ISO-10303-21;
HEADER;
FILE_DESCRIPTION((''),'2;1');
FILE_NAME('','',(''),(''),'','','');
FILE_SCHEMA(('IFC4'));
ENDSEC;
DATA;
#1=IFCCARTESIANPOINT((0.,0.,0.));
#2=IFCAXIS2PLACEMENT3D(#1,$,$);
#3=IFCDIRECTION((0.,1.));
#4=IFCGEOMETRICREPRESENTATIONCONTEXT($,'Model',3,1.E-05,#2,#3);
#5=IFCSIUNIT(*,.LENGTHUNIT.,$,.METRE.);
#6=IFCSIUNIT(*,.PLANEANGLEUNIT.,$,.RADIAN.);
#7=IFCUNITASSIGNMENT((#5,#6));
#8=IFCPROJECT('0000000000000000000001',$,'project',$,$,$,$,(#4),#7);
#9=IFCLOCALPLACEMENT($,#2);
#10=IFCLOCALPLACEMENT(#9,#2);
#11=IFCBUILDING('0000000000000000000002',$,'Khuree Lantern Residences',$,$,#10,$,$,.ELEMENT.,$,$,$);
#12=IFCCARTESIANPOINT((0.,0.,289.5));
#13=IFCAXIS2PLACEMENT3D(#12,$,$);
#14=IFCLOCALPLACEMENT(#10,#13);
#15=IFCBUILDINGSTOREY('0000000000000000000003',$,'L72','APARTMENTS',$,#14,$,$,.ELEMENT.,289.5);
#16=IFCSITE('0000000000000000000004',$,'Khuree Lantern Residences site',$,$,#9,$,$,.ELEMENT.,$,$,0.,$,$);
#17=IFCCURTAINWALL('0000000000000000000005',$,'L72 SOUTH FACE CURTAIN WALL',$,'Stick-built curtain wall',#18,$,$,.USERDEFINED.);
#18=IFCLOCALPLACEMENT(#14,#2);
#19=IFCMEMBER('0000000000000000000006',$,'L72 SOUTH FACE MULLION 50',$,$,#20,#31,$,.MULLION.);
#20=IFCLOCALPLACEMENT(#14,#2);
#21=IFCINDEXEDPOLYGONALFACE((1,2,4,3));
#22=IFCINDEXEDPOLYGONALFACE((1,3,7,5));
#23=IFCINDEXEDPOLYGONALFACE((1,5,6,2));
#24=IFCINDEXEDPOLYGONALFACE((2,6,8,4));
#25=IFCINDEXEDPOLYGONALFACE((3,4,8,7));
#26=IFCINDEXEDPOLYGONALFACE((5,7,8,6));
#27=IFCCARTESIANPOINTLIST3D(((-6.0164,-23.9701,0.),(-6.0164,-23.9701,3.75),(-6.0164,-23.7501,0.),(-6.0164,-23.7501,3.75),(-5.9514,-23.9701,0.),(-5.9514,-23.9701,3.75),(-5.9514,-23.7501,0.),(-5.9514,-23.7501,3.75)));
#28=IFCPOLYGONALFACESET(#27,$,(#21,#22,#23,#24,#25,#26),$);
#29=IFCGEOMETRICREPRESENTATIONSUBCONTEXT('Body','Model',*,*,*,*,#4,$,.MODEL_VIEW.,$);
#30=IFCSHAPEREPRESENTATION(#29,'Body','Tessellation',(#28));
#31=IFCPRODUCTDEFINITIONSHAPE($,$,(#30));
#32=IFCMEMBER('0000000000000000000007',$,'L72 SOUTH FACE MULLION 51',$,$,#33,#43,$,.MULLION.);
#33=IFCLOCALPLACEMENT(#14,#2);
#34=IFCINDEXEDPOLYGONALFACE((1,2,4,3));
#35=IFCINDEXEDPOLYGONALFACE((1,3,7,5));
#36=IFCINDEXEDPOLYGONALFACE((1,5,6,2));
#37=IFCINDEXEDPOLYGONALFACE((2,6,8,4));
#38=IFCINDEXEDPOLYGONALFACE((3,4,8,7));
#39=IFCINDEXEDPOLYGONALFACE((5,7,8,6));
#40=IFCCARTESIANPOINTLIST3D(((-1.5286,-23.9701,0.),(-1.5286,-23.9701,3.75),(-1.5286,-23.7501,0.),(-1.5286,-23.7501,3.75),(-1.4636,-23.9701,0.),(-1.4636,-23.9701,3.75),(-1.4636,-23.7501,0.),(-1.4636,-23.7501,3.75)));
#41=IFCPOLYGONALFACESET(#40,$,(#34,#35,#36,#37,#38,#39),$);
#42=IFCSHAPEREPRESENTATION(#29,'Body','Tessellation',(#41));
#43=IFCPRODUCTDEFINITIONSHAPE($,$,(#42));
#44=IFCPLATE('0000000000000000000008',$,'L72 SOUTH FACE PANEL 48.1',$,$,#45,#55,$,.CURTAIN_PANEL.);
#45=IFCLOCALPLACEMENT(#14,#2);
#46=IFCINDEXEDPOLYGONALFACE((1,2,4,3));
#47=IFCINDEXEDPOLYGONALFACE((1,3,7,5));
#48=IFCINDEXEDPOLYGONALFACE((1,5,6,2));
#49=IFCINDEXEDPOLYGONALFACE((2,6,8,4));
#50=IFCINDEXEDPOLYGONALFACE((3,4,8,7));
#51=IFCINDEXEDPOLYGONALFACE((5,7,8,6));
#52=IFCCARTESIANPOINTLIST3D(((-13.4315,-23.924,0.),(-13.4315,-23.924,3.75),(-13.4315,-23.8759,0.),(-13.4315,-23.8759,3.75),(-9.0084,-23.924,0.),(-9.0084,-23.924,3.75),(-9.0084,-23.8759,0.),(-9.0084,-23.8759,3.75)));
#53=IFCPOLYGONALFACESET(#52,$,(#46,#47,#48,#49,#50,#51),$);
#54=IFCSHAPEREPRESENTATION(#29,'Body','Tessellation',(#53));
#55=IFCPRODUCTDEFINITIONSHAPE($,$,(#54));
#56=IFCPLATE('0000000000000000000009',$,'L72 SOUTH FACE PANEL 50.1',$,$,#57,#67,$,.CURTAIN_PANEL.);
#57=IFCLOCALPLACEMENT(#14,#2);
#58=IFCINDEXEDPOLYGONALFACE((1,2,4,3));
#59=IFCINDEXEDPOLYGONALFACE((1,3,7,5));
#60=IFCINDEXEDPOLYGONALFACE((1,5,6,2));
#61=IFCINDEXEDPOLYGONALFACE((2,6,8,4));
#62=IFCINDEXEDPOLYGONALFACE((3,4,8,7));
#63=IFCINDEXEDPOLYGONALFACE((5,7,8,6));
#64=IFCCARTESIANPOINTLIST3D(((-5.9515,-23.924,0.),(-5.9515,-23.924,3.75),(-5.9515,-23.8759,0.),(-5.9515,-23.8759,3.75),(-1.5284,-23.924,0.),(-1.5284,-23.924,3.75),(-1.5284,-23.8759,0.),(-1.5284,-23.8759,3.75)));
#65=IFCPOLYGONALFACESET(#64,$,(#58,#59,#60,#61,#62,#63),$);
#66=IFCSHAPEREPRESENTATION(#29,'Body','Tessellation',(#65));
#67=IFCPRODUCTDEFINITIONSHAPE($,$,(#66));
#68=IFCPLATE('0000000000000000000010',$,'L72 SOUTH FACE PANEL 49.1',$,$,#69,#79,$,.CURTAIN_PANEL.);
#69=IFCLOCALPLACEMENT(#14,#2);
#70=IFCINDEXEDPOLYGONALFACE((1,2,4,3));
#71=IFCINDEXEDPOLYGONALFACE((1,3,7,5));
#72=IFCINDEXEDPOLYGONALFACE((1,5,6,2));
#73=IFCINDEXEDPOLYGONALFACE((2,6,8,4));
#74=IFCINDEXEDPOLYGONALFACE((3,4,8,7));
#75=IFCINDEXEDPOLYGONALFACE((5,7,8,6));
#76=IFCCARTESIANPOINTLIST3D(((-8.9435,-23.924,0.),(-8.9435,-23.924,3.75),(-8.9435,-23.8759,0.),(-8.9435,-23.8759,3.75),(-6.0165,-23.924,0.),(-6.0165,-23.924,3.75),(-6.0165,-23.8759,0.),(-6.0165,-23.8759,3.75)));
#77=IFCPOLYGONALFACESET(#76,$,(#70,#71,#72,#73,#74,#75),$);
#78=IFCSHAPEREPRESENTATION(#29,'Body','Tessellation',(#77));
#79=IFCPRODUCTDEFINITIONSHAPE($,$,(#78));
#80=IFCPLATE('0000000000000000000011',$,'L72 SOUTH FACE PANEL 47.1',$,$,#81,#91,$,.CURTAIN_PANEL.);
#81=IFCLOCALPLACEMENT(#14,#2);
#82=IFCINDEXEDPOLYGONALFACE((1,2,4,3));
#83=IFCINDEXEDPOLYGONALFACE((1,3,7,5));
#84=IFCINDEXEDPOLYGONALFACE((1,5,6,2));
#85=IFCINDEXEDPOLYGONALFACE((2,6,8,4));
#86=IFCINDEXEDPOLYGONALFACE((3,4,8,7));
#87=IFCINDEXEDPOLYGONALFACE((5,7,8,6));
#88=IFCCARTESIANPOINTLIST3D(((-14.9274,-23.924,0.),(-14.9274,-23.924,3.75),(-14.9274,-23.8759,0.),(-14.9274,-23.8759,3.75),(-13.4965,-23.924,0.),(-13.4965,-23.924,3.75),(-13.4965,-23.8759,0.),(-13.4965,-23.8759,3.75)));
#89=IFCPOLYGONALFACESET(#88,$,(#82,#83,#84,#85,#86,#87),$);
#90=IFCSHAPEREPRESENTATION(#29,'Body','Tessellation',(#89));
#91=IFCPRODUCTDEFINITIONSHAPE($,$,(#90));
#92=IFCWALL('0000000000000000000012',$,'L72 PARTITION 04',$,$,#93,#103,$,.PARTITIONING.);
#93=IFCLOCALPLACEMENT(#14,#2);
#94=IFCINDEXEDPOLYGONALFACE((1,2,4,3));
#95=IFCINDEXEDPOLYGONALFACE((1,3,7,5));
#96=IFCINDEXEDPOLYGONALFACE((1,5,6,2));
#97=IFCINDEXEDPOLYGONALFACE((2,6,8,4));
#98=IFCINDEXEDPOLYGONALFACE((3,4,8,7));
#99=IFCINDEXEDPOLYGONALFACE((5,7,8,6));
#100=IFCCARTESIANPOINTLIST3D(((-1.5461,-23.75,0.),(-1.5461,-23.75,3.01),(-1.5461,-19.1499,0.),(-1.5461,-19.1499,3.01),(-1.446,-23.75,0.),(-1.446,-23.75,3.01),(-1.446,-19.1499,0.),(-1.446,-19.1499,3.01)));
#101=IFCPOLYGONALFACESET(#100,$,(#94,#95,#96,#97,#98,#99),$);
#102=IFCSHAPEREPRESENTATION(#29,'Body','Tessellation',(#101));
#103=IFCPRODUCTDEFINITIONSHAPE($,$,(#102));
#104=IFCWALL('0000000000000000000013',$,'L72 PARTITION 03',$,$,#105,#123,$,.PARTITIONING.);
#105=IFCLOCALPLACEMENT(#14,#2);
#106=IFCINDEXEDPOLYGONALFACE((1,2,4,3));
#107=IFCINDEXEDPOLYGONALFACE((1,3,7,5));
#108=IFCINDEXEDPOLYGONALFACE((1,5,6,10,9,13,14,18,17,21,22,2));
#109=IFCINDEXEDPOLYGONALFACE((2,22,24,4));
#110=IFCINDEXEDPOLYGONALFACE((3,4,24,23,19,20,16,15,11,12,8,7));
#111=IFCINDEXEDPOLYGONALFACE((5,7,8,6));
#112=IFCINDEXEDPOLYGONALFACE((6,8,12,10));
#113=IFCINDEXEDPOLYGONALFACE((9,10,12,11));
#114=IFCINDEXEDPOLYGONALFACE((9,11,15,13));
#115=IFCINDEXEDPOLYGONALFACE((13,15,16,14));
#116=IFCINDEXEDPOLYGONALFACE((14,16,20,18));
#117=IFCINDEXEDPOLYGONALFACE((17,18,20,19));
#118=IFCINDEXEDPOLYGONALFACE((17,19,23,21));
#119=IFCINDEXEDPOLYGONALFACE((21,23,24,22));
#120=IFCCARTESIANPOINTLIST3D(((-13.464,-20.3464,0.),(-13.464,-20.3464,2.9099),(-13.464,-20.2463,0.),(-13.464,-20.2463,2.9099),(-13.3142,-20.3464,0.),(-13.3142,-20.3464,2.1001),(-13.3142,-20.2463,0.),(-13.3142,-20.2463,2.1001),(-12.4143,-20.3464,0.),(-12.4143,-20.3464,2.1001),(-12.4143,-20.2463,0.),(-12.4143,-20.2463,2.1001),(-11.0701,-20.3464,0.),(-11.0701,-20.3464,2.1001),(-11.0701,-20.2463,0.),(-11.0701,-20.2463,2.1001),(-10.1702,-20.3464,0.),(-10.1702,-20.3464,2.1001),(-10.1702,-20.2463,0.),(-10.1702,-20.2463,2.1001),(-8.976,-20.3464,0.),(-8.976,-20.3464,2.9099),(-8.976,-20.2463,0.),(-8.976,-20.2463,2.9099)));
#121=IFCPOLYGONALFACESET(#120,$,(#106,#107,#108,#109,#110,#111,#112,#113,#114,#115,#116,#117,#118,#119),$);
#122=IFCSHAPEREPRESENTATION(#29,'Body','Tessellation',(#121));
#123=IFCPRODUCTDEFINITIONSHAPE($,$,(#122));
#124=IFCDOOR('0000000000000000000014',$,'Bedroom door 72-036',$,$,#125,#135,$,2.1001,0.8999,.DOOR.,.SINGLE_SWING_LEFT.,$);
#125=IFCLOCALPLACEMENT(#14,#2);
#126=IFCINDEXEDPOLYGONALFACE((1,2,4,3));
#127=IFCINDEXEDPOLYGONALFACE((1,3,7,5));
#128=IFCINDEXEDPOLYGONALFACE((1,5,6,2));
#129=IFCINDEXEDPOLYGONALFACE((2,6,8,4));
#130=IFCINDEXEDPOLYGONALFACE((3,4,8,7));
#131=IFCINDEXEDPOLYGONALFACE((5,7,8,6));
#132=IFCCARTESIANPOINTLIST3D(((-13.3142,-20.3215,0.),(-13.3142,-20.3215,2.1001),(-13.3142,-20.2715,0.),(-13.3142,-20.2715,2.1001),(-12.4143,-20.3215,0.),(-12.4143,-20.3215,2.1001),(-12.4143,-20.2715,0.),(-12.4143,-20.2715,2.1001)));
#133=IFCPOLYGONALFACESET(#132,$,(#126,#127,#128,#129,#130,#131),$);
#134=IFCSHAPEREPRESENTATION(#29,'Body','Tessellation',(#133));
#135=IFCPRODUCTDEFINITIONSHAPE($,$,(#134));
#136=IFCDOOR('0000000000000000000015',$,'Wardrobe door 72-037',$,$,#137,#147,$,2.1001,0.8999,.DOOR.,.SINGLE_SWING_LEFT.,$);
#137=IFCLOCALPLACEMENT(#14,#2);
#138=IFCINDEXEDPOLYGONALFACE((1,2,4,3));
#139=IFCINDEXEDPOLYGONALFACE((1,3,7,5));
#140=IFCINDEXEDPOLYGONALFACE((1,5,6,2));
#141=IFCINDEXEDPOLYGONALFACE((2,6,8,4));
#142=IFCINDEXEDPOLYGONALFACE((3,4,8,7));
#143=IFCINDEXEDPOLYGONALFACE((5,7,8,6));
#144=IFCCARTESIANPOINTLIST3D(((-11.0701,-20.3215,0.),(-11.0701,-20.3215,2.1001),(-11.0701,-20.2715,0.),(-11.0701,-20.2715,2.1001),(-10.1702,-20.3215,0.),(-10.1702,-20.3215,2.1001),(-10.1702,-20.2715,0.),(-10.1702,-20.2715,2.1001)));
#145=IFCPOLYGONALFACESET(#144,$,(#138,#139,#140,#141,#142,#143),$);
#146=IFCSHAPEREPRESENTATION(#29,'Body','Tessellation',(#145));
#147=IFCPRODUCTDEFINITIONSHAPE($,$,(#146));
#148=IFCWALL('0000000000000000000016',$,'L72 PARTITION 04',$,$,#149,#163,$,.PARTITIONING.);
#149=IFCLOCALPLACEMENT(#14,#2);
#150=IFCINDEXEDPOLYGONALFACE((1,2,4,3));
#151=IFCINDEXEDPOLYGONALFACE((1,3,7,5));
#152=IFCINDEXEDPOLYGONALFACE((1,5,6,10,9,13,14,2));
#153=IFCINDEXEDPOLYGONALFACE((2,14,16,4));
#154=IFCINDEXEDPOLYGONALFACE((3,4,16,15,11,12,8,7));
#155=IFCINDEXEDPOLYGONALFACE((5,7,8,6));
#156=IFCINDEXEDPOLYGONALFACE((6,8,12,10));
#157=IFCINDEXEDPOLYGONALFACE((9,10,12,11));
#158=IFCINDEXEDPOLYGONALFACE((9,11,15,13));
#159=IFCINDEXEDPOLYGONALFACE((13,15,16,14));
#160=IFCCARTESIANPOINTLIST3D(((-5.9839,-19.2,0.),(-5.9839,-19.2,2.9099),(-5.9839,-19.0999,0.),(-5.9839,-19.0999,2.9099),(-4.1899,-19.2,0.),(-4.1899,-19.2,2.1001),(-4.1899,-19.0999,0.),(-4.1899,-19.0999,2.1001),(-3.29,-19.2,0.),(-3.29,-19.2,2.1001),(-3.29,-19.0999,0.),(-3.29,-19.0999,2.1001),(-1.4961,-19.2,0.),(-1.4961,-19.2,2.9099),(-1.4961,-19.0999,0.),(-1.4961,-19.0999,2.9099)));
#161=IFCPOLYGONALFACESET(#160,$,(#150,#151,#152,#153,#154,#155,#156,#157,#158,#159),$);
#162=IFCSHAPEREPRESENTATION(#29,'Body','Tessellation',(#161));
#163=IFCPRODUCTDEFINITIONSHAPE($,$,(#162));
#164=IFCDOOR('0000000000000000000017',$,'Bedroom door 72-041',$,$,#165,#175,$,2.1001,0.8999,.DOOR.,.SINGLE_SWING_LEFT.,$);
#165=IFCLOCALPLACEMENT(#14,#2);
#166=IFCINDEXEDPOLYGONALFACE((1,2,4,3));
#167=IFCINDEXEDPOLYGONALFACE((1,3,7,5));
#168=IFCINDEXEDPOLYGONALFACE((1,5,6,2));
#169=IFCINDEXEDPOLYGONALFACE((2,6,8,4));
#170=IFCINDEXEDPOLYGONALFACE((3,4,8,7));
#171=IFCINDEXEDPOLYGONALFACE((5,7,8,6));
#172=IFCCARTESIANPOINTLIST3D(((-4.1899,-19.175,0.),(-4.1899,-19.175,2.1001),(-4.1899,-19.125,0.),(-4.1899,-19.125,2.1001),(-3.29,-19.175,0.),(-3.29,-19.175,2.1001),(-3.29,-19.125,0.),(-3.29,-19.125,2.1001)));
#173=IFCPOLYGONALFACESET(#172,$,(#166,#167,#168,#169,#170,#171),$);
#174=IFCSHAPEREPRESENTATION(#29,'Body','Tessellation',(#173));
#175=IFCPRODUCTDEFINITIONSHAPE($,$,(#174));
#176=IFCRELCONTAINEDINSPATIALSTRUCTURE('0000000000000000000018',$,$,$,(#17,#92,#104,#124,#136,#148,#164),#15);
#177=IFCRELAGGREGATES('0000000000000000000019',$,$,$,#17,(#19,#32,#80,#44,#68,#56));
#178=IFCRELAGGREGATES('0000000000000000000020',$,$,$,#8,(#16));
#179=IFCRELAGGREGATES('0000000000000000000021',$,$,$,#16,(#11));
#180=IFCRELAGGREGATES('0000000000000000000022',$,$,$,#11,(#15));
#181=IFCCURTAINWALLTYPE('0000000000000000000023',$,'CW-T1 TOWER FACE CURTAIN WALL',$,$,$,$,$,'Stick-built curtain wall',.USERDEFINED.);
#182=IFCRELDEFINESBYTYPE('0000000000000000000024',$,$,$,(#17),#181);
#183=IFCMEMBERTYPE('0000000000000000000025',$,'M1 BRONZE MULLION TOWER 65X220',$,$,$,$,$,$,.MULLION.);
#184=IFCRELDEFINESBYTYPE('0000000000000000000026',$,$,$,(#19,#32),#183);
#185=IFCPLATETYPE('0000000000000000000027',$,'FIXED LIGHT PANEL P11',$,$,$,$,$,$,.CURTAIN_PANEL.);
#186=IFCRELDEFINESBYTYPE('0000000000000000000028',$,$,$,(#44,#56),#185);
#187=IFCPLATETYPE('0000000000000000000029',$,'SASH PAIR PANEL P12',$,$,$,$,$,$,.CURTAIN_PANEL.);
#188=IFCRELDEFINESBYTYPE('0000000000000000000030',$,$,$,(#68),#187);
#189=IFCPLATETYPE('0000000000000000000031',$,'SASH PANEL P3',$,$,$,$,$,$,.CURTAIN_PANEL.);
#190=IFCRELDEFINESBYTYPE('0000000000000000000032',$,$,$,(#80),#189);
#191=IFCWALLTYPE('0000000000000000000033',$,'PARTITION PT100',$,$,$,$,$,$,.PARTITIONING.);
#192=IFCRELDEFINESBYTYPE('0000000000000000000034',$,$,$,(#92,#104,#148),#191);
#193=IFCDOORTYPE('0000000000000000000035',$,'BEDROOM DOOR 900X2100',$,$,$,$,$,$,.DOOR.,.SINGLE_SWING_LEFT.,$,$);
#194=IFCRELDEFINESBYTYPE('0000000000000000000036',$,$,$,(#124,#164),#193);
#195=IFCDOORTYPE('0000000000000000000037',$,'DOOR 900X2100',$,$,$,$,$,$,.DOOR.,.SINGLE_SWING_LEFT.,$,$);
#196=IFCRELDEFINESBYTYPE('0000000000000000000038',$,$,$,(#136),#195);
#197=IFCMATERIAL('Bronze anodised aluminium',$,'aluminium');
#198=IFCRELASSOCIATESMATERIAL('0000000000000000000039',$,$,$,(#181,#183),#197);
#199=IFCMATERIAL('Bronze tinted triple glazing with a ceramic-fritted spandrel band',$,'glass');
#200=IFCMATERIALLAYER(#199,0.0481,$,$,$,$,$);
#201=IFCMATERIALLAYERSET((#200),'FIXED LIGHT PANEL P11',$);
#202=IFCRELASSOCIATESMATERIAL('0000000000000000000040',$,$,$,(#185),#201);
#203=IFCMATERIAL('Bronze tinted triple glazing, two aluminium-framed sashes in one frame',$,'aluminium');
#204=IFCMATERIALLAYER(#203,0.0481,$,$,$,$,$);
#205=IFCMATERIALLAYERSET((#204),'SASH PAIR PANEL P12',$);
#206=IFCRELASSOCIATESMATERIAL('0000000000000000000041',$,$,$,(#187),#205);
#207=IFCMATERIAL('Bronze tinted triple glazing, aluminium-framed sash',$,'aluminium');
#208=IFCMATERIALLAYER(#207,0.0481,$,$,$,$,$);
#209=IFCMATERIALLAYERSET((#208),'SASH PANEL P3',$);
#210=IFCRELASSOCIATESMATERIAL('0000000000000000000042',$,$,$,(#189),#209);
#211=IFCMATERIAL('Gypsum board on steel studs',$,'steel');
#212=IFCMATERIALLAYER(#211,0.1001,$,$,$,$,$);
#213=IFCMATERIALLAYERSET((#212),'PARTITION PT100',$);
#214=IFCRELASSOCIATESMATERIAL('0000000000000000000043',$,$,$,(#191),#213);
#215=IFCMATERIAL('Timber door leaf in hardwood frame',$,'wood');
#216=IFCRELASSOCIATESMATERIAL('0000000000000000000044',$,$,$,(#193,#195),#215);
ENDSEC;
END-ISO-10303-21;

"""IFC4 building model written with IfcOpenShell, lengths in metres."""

from ifc_helpers import new_model, si_unit, direction, frame, frame_2d, origin, origin_2d, place, context, subcontext, project, spatial, rectangle, extrude, material, layer, layer_set, material_profile, profile_set, type_object, element, fill, aggregate, save


model = new_model("IFC4")

# Units and contexts
model_context = context("Model", 3, precision=1e-05, world=origin(), true_north=direction((0.0, 1.0)))
body_context = subcontext(model_context, "Body", "Model", "MODEL_VIEW")
ifc_project = project(units=[si_unit("LENGTHUNIT", "METRE"), si_unit("PLANEANGLEUNIT", "RADIAN")], contexts=[model_context])

# Site, building, storey
site_placement = place(None, origin())
site = spatial("IfcSite", under=ifc_project, at=site_placement, Name="Khuree Lantern Residences site", CompositionType="ELEMENT", RefElevation=0.0)
building_placement = place(site_placement, origin())
building = spatial("IfcBuilding", under=site, at=building_placement, Name="Khuree Lantern Residences", CompositionType="ELEMENT")
storey_placement = place(building_placement, frame((0.0, 0.0, 289.5)))
storey = spatial("IfcBuildingStorey", under=building, at=storey_placement, Name="L72", Description="APARTMENTS", CompositionType="ELEMENT", Elevation=289.5)

# Curtain wall
ifc_material_1 = material(Name="Bronze anodised aluminium", Category="aluminium")
curtain_wall_type = type_object("IfcCurtainWallType", Name="CW-T1 TOWER FACE CURTAIN WALL", ElementType="Stick-built curtain wall", PredefinedType="USERDEFINED", material=ifc_material_1)
curtain_wall_placement = place(storey_placement, origin())
curtain_wall = element("IfcCurtainWall", 1, at=curtain_wall_placement, inside=storey, type_object=curtain_wall_type, Name="L72 SOUTH FACE CURTAIN WALL", ObjectType="Stick-built curtain wall", PredefinedType="USERDEFINED")

# Members
ifc_material_profile_1 = material_profile(ifc_material_1, rectangle(XDim=0.0649, YDim=0.22, at=origin_2d()), Name="M1 65X220")
ifc_profile_set_1 = profile_set([ifc_material_profile_1], Name="Bronze anodised aluminium")
member_type_1 = type_object("IfcMemberType", Name="M1 BRONZE MULLION TOWER 65X220", PredefinedType="MULLION", material=ifc_profile_set_1)
member_1_placement = place(storey_placement, frame((-5.9839, -23.8601, 0.0), z_axis=(0.0, 0.0, 1.0), x_axis=(1.0, 0.0, 0.0)))
member_1 = element("IfcMember", 2, at=member_1_placement, type_object=member_type_1, Name="L72 SOUTH FACE MULLION 50", PredefinedType="MULLION", context=body_context, shape_type="SweptSolid", body=[
    extrude(rectangle(XDim=0.0649, YDim=0.22, at=origin_2d()), origin(), (0.0, 0.0, 1.0), 3.75),
])
member_2_placement = place(storey_placement, frame((-1.4961, -23.8601, 0.0), z_axis=(0.0, 0.0, 1.0), x_axis=(1.0, 0.0, 0.0)))
member_2 = element("IfcMember", 3, at=member_2_placement, type_object=member_type_1, Name="L72 SOUTH FACE MULLION 51", PredefinedType="MULLION", context=body_context, shape_type="SweptSolid", body=[
    extrude(rectangle(XDim=0.0649, YDim=0.22, at=origin_2d()), origin(), (0.0, 0.0, 1.0), 3.75),
])

# Plates
ifc_material_2 = material(Name="Bronze tinted triple glazing with a ceramic-fritted spandrel band", Category="glass")
ifc_layer_1 = layer(ifc_material_2, 0.0481)
ifc_layer_set_1 = layer_set([ifc_layer_1], Name="FIXED LIGHT PANEL P11")
plate_type_1 = type_object("IfcPlateType", Name="FIXED LIGHT PANEL P11", PredefinedType="CURTAIN_PANEL", material=ifc_layer_set_1)
plate_1_placement = place(storey_placement, frame((-11.22, -23.8999, 0.0), z_axis=(0.0, 0.0, 1.0), x_axis=(1.0, 0.0, 0.0)))
plate_1 = element("IfcPlate", 4, at=plate_1_placement, type_object=plate_type_1, Name="L72 SOUTH FACE PANEL 48.1", PredefinedType="CURTAIN_PANEL", context=body_context, shape_type="SweptSolid", body=[
    extrude(rectangle(XDim=4.4231, YDim=0.0481, at=origin_2d()), origin(), (0.0, 0.0, 1.0), 3.75),
])
plate_2_placement = place(storey_placement, frame((-3.74, -23.8999, 0.0), z_axis=(0.0, 0.0, 1.0), x_axis=(1.0, 0.0, 0.0)))
plate_2 = element("IfcPlate", 5, at=plate_2_placement, type_object=plate_type_1, Name="L72 SOUTH FACE PANEL 50.1", PredefinedType="CURTAIN_PANEL", context=body_context, shape_type="SweptSolid", body=[
    extrude(rectangle(XDim=4.4231, YDim=0.0481, at=origin_2d()), origin(), (0.0, 0.0, 1.0), 3.75),
])
ifc_material_3 = material(Name="Bronze tinted triple glazing, two aluminium-framed sashes in one frame", Category="aluminium")
ifc_layer_2 = layer(ifc_material_3, 0.0481)
ifc_layer_set_2 = layer_set([ifc_layer_2], Name="SASH PAIR PANEL P12")
plate_type_2 = type_object("IfcPlateType", Name="SASH PAIR PANEL P12", PredefinedType="CURTAIN_PANEL", material=ifc_layer_set_2)
plate_3_placement = place(storey_placement, frame((-7.48, -23.8999, 0.0), z_axis=(0.0, 0.0, 1.0), x_axis=(1.0, 0.0, 0.0)))
plate_3 = element("IfcPlate", 6, at=plate_3_placement, type_object=plate_type_2, Name="L72 SOUTH FACE PANEL 49.1", PredefinedType="CURTAIN_PANEL", context=body_context, shape_type="SweptSolid", body=[
    extrude(rectangle(XDim=2.927, YDim=0.0481, at=origin_2d()), origin(), (0.0, 0.0, 1.0), 3.75),
])
ifc_material_4 = material(Name="Bronze tinted triple glazing, aluminium-framed sash", Category="aluminium")
ifc_layer_3 = layer(ifc_material_4, 0.0481)
ifc_layer_set_3 = layer_set([ifc_layer_3], Name="SASH PANEL P3")
plate_type_3 = type_object("IfcPlateType", Name="SASH PANEL P3", PredefinedType="CURTAIN_PANEL", material=ifc_layer_set_3)
plate_4_placement = place(storey_placement, frame((-14.2119, -23.8999, 0.0), z_axis=(0.0, 0.0, 1.0), x_axis=(1.0, 0.0, 0.0)))
plate_4 = element("IfcPlate", 7, at=plate_4_placement, type_object=plate_type_3, Name="L72 SOUTH FACE PANEL 47.1", PredefinedType="CURTAIN_PANEL", context=body_context, shape_type="SweptSolid", body=[
    extrude(rectangle(XDim=1.4309, YDim=0.0481, at=origin_2d()), origin(), (0.0, 0.0, 1.0), 3.75),
])
aggregate(curtain_wall, [member_1, member_2, plate_4, plate_1, plate_3, plate_2])

# Wall
ifc_material_5 = material(Name="Gypsum board on steel studs", Category="steel")
ifc_layer_4 = layer(ifc_material_5, 0.1001)
ifc_layer_set_4 = layer_set([ifc_layer_4], Name="PARTITION PT100")
wall_type = type_object("IfcWallType", Name="PARTITION PT100", PredefinedType="PARTITIONING", material=ifc_layer_set_4)
wall_1_placement = place(storey_placement, frame((-1.4961, -19.1499, 0.0), z_axis=(0.0, 0.0, 1.0), x_axis=(0.0, -1.0, 0.0)))
element("IfcWall", 8, at=wall_1_placement, inside=storey, type_object=wall_type, Name="L72 PARTITION 04", PredefinedType="PARTITIONING", context=body_context, shape_type="SweptSolid", body=[
    extrude(rectangle(XDim=4.6001, YDim=0.1001, at=frame_2d((2.3, 0.0))), origin(), (0.0, 0.0, 1.0), 3.01),
])

# Wall, openings, doors
wall_2_placement = place(storey_placement, frame((-13.4641, -20.2964, 0.0), z_axis=(0.0, 0.0, 1.0), x_axis=(1.0, 0.0, 0.0)))
wall_2 = element("IfcWall", 9, at=wall_2_placement, inside=storey, type_object=wall_type, Name="L72 PARTITION 03", PredefinedType="PARTITIONING", context=body_context, shape_type="SweptSolid", body=[
    extrude(rectangle(XDim=4.488, YDim=0.1001, at=frame_2d((2.2441, 0.0))), origin(), (0.0, 0.0, 1.0), 2.9099),
])
opening_1_placement = place(wall_2_placement, frame((0.1499, 0.0, 0.0)))
opening_1 = element("IfcOpeningElement", 10, at=opening_1_placement, cuts=wall_2, PredefinedType="OPENING", context=body_context, shape_type="SweptSolid", body=[
    extrude(rectangle(XDim=0.8999, YDim=2.1001, at=frame_2d((0.45, 1.05))), frame((0.0, 0.0601, 0.0), z_axis=(0.0, -1.0, 0.0), x_axis=(1.0, 0.0, 0.0)), (0.0, 0.0, 1.0), 0.1201),
])
opening_2_placement = place(wall_2_placement, frame((2.394, 0.0, 0.0)))
opening_2 = element("IfcOpeningElement", 11, at=opening_2_placement, cuts=wall_2, PredefinedType="OPENING", context=body_context, shape_type="SweptSolid", body=[
    extrude(rectangle(XDim=0.8999, YDim=2.1001, at=frame_2d((0.45, 1.05))), frame((0.0, 0.0601, 0.0), z_axis=(0.0, -1.0, 0.0), x_axis=(1.0, 0.0, 0.0)), (0.0, 0.0, 1.0), 0.1201),
])
ifc_material_6 = material(Name="Timber door leaf in hardwood frame", Category="wood")
door_type_1 = type_object("IfcDoorType", Name="BEDROOM DOOR 900X2100", OperationType="SINGLE_SWING_LEFT", PredefinedType="DOOR", material=ifc_material_6)
door_1_placement = place(opening_1_placement, origin())
door_1 = element("IfcDoor", 12, at=door_1_placement, inside=storey, type_object=door_type_1, Name="Bedroom door 72-036", OperationType="SINGLE_SWING_LEFT", OverallHeight=2.1001, OverallWidth=0.8999, PredefinedType="DOOR", context=body_context, shape_type="SweptSolid", body=[
    extrude(rectangle(XDim=0.8999, YDim=2.1001, at=frame_2d((0.45, 1.05))), frame((0.0, 0.0249, 0.0), z_axis=(0.0, -1.0, 0.0), x_axis=(1.0, 0.0, 0.0)), (0.0, 0.0, 1.0), 0.05),
])
fill(opening_1, door_1)
door_type_2 = type_object("IfcDoorType", Name="DOOR 900X2100", OperationType="SINGLE_SWING_LEFT", PredefinedType="DOOR", material=ifc_material_6)
door_2_placement = place(opening_2_placement, origin())
door_2 = element("IfcDoor", 13, at=door_2_placement, inside=storey, type_object=door_type_2, Name="Wardrobe door 72-037", OperationType="SINGLE_SWING_LEFT", OverallHeight=2.1001, OverallWidth=0.8999, PredefinedType="DOOR", context=body_context, shape_type="SweptSolid", body=[
    extrude(rectangle(XDim=0.8999, YDim=2.1001, at=frame_2d((0.45, 1.05))), frame((0.0, 0.0249, 0.0), z_axis=(0.0, -1.0, 0.0), x_axis=(1.0, 0.0, 0.0)), (0.0, 0.0, 1.0), 0.05),
])
fill(opening_2, door_2)

# Wall, opening, door
wall_3_placement = place(storey_placement, frame((-5.9839, -19.1499, 0.0), z_axis=(0.0, 0.0, 1.0), x_axis=(1.0, 0.0, 0.0)))
wall_3 = element("IfcWall", 14, at=wall_3_placement, inside=storey, type_object=wall_type, Name="L72 PARTITION 04", PredefinedType="PARTITIONING", context=body_context, shape_type="SweptSolid", body=[
    extrude(rectangle(XDim=4.4878, YDim=0.1001, at=frame_2d((2.2439, 0.0))), origin(), (0.0, 0.0, 1.0), 2.9099),
])
opening_3_placement = place(wall_3_placement, frame((1.7939, 0.0, 0.0)))
opening_3 = element("IfcOpeningElement", 15, at=opening_3_placement, cuts=wall_3, PredefinedType="OPENING", context=body_context, shape_type="SweptSolid", body=[
    extrude(rectangle(XDim=0.8999, YDim=2.1001, at=frame_2d((0.45, 1.05))), frame((0.0, 0.0601, 0.0), z_axis=(0.0, -1.0, 0.0), x_axis=(1.0, 0.0, 0.0)), (0.0, 0.0, 1.0), 0.1201),
])
door_3_placement = place(opening_3_placement, origin())
door_3 = element("IfcDoor", 16, at=door_3_placement, inside=storey, type_object=door_type_1, Name="Bedroom door 72-041", OperationType="SINGLE_SWING_LEFT", OverallHeight=2.1001, OverallWidth=0.8999, PredefinedType="DOOR", context=body_context, shape_type="SweptSolid", body=[
    extrude(rectangle(XDim=0.8999, YDim=2.1001, at=frame_2d((0.45, 1.05))), frame((0.0, 0.0249, 0.0), z_axis=(0.0, -1.0, 0.0), x_axis=(1.0, 0.0, 0.0)), (0.0, 0.0, 1.0), 0.05),
])
fill(opening_3, door_3)

save(model, "model.ifc")
